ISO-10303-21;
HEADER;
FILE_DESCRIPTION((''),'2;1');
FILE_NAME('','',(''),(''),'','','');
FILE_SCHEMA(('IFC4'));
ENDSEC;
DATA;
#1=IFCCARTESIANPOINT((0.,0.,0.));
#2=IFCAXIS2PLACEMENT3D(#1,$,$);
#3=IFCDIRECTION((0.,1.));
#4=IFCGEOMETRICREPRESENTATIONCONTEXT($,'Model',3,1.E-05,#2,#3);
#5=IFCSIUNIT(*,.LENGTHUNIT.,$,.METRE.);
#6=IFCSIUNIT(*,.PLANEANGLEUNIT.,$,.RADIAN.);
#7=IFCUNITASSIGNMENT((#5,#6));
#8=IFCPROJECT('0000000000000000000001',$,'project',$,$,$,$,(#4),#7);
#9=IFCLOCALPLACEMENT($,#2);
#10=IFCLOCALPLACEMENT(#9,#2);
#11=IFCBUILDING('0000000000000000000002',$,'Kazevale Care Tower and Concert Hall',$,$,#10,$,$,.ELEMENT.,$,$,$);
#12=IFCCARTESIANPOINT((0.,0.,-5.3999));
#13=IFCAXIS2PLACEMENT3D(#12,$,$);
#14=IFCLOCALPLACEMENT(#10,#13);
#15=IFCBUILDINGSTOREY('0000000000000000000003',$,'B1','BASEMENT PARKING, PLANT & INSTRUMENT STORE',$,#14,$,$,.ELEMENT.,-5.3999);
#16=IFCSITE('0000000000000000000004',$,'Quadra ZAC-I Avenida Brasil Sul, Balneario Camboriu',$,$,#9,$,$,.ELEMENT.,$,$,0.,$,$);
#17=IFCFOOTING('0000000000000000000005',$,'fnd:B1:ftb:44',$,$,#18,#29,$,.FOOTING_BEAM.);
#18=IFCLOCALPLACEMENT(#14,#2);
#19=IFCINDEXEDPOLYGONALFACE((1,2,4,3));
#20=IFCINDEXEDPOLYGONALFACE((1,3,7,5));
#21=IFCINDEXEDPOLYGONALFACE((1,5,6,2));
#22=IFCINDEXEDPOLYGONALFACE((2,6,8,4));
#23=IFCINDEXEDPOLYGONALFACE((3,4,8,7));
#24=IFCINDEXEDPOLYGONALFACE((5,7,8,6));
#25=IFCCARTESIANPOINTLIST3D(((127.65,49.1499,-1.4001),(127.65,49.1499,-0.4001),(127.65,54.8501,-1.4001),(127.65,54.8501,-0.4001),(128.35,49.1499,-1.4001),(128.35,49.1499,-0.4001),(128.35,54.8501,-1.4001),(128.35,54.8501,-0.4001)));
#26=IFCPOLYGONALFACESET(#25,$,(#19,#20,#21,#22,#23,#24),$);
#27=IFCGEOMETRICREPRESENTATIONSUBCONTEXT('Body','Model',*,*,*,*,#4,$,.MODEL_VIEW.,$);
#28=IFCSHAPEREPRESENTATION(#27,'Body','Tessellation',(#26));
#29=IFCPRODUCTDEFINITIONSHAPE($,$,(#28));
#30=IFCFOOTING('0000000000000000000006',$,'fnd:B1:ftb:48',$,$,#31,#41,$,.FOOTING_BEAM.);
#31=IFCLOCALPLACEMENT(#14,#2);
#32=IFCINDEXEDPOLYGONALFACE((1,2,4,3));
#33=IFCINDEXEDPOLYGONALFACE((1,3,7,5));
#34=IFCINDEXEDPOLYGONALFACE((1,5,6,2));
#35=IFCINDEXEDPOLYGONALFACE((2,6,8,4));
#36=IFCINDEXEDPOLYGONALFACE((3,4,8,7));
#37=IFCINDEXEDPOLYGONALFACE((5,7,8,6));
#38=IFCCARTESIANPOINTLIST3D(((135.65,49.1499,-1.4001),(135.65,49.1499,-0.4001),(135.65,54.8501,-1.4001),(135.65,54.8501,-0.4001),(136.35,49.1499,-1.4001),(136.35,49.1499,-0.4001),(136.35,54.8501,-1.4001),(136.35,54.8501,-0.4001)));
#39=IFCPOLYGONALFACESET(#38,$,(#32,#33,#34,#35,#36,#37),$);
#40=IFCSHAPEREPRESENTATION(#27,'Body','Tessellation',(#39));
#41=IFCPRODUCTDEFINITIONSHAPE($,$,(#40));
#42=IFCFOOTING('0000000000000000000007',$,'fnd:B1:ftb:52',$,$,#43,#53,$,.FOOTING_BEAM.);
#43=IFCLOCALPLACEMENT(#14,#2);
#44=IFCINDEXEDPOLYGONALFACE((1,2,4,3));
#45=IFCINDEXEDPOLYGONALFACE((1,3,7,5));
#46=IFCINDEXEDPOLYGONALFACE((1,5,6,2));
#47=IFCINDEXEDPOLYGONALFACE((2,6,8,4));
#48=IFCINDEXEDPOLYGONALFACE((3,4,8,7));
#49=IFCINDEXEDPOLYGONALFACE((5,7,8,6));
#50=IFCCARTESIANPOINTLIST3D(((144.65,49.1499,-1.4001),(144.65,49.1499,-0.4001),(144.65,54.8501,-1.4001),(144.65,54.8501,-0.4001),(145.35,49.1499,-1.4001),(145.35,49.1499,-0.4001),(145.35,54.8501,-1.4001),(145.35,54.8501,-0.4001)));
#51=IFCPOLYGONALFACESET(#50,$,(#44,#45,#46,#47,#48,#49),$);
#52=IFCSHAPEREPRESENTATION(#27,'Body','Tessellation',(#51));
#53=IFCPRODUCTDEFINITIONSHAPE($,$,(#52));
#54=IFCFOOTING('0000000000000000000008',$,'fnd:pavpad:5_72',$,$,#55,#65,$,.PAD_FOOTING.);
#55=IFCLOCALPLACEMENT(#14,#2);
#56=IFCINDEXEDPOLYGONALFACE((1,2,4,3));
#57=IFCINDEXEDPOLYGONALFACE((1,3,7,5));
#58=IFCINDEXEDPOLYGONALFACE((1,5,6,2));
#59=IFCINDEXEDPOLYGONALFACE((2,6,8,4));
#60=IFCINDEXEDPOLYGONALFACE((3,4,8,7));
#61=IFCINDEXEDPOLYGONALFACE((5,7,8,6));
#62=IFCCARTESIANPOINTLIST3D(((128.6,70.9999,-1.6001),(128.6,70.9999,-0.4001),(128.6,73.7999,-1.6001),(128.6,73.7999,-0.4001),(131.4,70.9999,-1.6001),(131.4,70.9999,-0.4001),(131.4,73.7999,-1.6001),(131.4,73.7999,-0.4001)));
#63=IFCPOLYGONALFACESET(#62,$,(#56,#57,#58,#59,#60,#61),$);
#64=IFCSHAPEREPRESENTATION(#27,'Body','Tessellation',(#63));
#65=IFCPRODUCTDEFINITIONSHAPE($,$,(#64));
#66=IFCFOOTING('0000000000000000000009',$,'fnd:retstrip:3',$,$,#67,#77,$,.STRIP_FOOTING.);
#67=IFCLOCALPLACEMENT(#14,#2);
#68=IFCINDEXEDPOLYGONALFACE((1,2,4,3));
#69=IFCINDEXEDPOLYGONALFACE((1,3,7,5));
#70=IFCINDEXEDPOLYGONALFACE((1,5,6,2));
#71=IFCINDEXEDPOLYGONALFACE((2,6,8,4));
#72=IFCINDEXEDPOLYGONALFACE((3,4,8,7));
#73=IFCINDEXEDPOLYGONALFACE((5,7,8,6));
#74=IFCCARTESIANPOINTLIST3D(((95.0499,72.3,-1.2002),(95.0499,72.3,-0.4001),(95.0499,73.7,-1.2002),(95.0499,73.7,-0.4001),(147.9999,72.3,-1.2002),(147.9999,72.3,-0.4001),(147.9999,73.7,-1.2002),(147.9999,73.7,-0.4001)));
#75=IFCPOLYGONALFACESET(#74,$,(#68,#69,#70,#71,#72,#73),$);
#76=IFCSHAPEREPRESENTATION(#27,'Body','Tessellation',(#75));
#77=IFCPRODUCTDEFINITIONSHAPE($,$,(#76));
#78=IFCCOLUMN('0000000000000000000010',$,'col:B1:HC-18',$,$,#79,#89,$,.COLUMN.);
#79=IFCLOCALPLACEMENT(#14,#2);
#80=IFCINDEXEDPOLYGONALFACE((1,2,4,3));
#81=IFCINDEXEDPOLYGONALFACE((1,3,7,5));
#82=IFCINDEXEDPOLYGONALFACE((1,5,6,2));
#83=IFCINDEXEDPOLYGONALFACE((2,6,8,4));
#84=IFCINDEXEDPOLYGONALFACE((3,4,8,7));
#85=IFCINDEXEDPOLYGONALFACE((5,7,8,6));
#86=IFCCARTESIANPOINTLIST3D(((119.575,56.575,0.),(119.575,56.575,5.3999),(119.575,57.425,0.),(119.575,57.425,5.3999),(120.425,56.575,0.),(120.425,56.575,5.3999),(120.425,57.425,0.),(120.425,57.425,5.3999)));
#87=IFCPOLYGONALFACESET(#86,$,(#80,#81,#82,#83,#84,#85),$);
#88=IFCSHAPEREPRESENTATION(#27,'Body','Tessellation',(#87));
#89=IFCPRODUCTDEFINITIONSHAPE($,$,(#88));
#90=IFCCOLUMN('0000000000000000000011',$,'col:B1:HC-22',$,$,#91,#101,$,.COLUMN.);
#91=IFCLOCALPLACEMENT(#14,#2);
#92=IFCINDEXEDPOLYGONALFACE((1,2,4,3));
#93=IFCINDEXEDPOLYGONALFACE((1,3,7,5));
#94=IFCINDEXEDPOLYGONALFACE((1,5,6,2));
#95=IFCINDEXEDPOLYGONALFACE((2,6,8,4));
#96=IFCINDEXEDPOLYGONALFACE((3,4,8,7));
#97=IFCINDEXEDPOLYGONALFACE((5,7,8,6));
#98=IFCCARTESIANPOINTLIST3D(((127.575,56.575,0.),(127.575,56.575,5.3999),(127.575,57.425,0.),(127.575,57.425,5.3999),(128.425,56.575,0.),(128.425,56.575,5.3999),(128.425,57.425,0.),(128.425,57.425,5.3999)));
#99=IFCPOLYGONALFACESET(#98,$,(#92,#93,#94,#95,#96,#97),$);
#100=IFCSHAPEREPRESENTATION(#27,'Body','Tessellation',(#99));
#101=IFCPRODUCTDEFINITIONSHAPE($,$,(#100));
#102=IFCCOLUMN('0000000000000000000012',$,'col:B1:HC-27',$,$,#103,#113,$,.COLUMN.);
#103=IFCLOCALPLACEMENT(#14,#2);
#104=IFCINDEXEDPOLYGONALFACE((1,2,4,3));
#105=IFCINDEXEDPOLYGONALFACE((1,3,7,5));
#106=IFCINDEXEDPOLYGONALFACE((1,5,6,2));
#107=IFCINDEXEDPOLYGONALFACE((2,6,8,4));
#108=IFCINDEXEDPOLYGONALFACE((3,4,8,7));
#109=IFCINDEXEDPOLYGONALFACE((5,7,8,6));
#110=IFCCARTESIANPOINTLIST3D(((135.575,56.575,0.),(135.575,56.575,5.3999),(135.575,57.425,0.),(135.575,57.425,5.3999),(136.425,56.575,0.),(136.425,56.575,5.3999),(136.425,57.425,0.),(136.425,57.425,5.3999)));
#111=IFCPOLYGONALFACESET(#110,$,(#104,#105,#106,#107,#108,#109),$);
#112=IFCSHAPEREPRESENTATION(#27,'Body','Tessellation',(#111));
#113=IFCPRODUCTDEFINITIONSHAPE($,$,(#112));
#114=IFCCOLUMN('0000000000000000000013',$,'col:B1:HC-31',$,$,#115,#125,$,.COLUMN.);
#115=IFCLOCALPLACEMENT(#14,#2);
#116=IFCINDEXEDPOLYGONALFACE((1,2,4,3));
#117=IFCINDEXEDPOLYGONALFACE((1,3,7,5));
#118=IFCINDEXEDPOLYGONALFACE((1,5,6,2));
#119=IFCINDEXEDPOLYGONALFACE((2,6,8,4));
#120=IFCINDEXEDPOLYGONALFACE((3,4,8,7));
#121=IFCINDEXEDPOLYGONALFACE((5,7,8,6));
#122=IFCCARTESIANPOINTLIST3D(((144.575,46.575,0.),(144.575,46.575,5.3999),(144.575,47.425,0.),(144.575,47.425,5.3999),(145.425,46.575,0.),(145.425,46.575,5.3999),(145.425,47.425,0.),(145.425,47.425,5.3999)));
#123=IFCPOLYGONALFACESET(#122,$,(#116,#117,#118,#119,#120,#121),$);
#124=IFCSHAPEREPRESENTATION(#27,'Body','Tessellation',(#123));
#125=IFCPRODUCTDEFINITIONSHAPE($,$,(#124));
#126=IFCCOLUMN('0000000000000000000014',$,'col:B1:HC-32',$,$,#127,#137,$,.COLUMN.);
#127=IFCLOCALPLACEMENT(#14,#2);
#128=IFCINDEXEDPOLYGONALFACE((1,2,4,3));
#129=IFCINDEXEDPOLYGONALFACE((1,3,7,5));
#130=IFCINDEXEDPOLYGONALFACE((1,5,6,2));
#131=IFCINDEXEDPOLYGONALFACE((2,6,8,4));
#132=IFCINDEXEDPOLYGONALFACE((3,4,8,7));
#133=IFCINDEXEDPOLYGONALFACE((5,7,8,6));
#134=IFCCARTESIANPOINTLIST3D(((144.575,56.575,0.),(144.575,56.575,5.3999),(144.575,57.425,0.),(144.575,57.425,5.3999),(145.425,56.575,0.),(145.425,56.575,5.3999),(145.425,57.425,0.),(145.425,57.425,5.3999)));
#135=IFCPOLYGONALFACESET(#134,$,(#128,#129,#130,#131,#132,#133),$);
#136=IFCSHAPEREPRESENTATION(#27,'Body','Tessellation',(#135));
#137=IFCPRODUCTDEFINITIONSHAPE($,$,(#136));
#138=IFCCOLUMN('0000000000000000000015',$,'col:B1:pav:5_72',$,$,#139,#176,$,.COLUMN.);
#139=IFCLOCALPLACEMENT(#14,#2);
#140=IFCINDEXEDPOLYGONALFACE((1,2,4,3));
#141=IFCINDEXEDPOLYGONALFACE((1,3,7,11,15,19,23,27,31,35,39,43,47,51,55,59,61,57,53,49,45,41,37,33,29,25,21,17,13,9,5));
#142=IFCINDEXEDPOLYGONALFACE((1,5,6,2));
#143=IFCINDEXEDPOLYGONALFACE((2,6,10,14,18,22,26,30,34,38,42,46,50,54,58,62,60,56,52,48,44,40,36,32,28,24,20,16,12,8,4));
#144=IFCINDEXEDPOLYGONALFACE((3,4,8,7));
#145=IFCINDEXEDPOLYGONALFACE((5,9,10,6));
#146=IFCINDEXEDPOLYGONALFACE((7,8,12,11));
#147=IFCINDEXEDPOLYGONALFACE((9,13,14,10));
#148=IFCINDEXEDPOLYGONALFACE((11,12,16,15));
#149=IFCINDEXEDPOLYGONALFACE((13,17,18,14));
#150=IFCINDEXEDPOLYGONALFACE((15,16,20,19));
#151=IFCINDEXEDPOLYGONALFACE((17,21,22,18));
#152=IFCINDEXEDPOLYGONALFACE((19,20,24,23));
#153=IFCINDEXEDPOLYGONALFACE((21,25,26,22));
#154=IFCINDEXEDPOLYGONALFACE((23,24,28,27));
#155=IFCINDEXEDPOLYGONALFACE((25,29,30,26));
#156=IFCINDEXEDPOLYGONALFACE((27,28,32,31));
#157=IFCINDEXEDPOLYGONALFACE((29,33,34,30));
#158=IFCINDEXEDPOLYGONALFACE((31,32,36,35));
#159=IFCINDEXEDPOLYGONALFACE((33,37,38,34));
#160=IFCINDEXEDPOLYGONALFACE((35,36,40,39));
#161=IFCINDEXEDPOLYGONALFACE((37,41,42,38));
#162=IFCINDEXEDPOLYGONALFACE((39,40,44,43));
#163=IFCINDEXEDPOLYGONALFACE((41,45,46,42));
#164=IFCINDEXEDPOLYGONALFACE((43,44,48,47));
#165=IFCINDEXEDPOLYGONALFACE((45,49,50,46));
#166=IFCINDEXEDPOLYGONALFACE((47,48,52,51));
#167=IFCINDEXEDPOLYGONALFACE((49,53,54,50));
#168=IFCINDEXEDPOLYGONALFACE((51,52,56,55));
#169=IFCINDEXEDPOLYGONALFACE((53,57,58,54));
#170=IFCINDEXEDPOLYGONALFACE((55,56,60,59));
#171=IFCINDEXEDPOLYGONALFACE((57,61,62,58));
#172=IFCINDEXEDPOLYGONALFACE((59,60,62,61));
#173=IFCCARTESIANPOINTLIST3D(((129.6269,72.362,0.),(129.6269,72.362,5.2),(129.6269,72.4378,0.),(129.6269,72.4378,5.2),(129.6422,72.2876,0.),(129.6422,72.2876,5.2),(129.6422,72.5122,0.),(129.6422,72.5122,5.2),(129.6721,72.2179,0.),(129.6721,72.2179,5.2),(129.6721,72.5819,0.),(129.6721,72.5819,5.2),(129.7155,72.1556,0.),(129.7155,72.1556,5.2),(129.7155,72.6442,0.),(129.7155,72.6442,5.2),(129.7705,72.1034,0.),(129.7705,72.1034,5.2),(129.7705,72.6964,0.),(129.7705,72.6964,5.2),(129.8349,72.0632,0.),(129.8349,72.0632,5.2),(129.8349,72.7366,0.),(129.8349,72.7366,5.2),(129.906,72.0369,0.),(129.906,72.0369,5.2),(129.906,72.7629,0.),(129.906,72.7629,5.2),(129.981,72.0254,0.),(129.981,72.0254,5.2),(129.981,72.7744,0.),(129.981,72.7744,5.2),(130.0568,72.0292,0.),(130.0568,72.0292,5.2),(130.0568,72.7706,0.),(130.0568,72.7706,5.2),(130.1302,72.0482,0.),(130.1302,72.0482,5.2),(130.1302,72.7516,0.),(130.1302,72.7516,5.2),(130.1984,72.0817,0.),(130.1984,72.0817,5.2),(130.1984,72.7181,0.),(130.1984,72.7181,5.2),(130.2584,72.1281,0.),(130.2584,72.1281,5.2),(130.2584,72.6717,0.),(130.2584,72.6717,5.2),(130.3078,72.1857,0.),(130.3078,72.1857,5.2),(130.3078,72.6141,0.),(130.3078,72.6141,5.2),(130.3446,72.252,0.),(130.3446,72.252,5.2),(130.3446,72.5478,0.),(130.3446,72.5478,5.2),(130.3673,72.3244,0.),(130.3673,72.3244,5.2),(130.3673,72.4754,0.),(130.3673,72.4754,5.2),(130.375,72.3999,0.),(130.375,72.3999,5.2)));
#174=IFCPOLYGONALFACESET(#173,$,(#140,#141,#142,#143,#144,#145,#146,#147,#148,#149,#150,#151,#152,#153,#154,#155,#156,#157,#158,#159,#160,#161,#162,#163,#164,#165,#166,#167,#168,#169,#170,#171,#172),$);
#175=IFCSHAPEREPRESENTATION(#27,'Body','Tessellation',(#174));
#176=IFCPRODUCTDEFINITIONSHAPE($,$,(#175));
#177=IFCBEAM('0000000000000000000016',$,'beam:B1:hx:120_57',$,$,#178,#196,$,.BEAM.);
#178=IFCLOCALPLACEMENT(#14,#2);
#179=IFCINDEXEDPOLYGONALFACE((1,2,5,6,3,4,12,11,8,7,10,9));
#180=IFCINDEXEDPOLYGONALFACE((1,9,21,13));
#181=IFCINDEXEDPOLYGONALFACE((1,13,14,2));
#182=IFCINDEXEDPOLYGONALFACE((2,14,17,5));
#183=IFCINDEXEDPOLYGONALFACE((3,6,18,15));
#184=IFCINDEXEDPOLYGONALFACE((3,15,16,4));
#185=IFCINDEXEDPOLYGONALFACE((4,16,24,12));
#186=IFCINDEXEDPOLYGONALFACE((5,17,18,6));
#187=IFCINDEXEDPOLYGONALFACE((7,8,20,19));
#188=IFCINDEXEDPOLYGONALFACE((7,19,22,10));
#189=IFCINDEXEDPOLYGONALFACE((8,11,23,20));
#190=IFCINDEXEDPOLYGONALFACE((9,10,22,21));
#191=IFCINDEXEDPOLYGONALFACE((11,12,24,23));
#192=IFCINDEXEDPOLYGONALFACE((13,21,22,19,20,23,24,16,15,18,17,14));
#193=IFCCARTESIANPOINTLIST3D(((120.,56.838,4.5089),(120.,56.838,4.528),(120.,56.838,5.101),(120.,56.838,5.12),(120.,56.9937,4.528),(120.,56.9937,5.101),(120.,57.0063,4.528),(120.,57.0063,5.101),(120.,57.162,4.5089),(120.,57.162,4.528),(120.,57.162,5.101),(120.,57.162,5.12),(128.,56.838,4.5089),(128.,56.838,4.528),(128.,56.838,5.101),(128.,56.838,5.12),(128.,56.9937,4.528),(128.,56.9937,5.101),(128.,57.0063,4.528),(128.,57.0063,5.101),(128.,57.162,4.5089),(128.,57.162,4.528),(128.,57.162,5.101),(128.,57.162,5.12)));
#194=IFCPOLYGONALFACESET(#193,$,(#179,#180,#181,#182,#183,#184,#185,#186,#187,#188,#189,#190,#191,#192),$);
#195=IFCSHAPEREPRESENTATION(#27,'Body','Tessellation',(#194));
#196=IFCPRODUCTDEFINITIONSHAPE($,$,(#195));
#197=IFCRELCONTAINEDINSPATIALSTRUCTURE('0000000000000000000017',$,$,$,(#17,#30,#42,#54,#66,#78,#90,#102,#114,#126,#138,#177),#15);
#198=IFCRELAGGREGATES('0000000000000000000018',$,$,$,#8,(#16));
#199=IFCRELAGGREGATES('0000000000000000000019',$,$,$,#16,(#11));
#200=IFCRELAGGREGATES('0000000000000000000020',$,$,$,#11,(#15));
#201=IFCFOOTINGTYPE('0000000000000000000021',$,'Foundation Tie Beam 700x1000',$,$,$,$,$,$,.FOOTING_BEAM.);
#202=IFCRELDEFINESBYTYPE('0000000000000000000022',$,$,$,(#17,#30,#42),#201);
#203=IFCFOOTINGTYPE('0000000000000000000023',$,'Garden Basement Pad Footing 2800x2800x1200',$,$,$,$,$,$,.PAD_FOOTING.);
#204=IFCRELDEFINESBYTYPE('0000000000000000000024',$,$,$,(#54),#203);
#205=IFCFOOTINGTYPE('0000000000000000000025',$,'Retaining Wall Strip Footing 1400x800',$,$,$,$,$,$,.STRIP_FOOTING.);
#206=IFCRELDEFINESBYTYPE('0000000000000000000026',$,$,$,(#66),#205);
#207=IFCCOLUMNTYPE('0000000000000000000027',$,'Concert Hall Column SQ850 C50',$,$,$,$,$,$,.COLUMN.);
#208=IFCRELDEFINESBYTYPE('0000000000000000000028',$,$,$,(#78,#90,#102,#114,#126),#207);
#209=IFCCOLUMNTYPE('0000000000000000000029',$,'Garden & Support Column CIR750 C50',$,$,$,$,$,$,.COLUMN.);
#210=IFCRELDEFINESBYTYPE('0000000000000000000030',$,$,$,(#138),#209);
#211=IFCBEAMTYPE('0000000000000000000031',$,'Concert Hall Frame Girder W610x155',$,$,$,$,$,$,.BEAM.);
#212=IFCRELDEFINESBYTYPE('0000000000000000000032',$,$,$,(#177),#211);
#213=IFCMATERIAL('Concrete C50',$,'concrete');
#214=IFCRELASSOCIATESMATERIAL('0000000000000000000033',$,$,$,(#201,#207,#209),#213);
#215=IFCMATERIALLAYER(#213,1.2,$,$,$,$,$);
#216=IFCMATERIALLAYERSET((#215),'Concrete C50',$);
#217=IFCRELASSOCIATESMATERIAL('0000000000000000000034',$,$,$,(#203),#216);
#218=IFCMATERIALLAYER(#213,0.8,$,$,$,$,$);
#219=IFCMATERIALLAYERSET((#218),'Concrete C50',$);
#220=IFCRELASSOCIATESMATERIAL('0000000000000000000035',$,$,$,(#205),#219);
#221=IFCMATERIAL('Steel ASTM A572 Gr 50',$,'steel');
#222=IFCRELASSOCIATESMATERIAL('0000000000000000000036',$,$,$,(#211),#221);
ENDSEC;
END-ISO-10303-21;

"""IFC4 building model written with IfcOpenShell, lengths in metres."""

from ifc_helpers import new_model, si_unit, direction, frame, frame_2d, origin, origin_2d, place, context, subcontext, project, spatial, rectangle, circle, i_section, extrude, material, layer, layer_set, material_profile, profile_set, type_object, element, save


model = new_model("IFC4")

# Units and contexts
model_context = context("Model", 3, precision=1e-05, world=origin(), true_north=direction((0.0, 1.0)))
body_context = subcontext(model_context, "Body", "Model", "MODEL_VIEW")
ifc_project = project(units=[si_unit("LENGTHUNIT", "METRE"), si_unit("PLANEANGLEUNIT", "RADIAN")], contexts=[model_context])

# Site, building, storey
site_placement = place(None, origin())
site = spatial("IfcSite", under=ifc_project, at=site_placement, Name="Quadra ZAC-I Avenida Brasil Sul, Balneario Camboriu", CompositionType="ELEMENT", RefElevation=0.0)
building_placement = place(site_placement, origin())
building = spatial("IfcBuilding", under=site, at=building_placement, Name="Kazevale Care Tower and Concert Hall", CompositionType="ELEMENT")
storey_placement = place(building_placement, frame((0.0, 0.0, -5.3999)))
storey = spatial("IfcBuildingStorey", under=building, at=storey_placement, Name="B1", Description="BASEMENT PARKING, PLANT & INSTRUMENT STORE", CompositionType="ELEMENT", Elevation=-5.3999)

# Shared definitions
ifc_material_1 = material(Name="Concrete C50", Category="concrete")

# Footings
ifc_material_profile_1 = material_profile(ifc_material_1, rectangle(XDim=0.7, YDim=1.0, at=origin_2d()), Name="RC-GB700x1000")
ifc_profile_set_1 = profile_set([ifc_material_profile_1], Name="Concrete C50")
footing_type_1 = type_object("IfcFootingType", Name="Foundation Tie Beam 700x1000", PredefinedType="FOOTING_BEAM", material=ifc_profile_set_1)
for number, where, z_axis, x_axis, name in (
    (1, (128.0, 49.1499, -1.4001), (0.0, 0.0, 1.0), (0.0, 1.0, 0.0), "fnd:B1:ftb:44"),
    (2, (136.0, 49.1499, -1.4001), (0.0, 0.0, 1.0), (0.0, 1.0, 0.0), "fnd:B1:ftb:48"),
    (3, (145.0, 49.1499, -1.4001), (0.0, 0.0, 1.0), (0.0, 1.0, 0.0), "fnd:B1:ftb:52"),
):
    element("IfcFooting", number, at=place(storey_placement, frame(where, z_axis=z_axis, x_axis=x_axis)), inside=storey, type_object=footing_type_1, Name=name, PredefinedType="FOOTING_BEAM", context=body_context, shape_type="SweptSolid", body=[
        extrude(rectangle(XDim=5.7002, YDim=0.7, at=frame_2d((2.8501, 0.0))), origin(), (0.0, 0.0, 1.0), 1.0),
    ])
ifc_layer_1 = layer(ifc_material_1, 1.2)
ifc_layer_set_1 = layer_set([ifc_layer_1], Name="Concrete C50")
footing_type_2 = type_object("IfcFootingType", Name="Garden Basement Pad Footing 2800x2800x1200", PredefinedType="PAD_FOOTING", material=ifc_layer_set_1)
footing_1_placement = place(storey_placement, frame((130.0, 72.3999, -1.6001), z_axis=(0.0, 0.0, 1.0), x_axis=(1.0, 0.0, 0.0)))
element("IfcFooting", 4, at=footing_1_placement, inside=storey, type_object=footing_type_2, Name="fnd:pavpad:5_72", PredefinedType="PAD_FOOTING", context=body_context, shape_type="SweptSolid", body=[
    extrude(rectangle(XDim=2.8, YDim=2.8, at=origin_2d()), origin(), (0.0, 0.0, 1.0), 1.2),
])
ifc_layer_2 = layer(ifc_material_1, 0.8)
ifc_layer_set_2 = layer_set([ifc_layer_2], Name="Concrete C50")
footing_type_3 = type_object("IfcFootingType", Name="Retaining Wall Strip Footing 1400x800", PredefinedType="STRIP_FOOTING", material=ifc_layer_set_2)
footing_2_placement = place(storey_placement, frame((148.0, 73.0, -1.2002), z_axis=(0.0, 0.0, 1.0), x_axis=(-1.0, 0.0, 0.0)))
element("IfcFooting", 5, at=footing_2_placement, inside=storey, type_object=footing_type_3, Name="fnd:retstrip:3", PredefinedType="STRIP_FOOTING", context=body_context, shape_type="SweptSolid", body=[
    extrude(rectangle(XDim=52.95, YDim=1.3999, at=frame_2d((26.4751, 0.0))), origin(), (0.0, 0.0, 1.0), 0.8),
])

# Columns
ifc_material_profile_2 = material_profile(ifc_material_1, rectangle(XDim=0.8501, YDim=0.8501, at=origin_2d()), Name="RC-SQ850")
ifc_profile_set_2 = profile_set([ifc_material_profile_2], Name="Concrete C50")
column_type_1 = type_object("IfcColumnType", Name="Concert Hall Column SQ850 C50", PredefinedType="COLUMN", material=ifc_profile_set_2)
for number, where, z_axis, x_axis, name in (
    (6, (120.0, 57.0, 0.0), (0.0, 0.0, 1.0), (1.0, 0.0, 0.0), "col:B1:HC-18"),
    (7, (128.0, 57.0, 0.0), (0.0, 0.0, 1.0), (1.0, 0.0, 0.0), "col:B1:HC-22"),
    (8, (136.0, 57.0, 0.0), (0.0, 0.0, 1.0), (1.0, 0.0, 0.0), "col:B1:HC-27"),
    (9, (145.0, 47.0, 0.0), (0.0, 0.0, 1.0), (1.0, 0.0, 0.0), "col:B1:HC-31"),
    (10, (145.0, 57.0, 0.0), (0.0, 0.0, 1.0), (1.0, 0.0, 0.0), "col:B1:HC-32"),
):
    element("IfcColumn", number, at=place(storey_placement, frame(where, z_axis=z_axis, x_axis=x_axis)), inside=storey, type_object=column_type_1, Name=name, PredefinedType="COLUMN", context=body_context, shape_type="SweptSolid", body=[
        extrude(rectangle(XDim=0.8501, YDim=0.8501, at=origin_2d()), origin(), (0.0, 0.0, 1.0), 5.3999),
    ])
ifc_material_profile_3 = material_profile(ifc_material_1, circle(Radius=0.375, at=origin_2d()), Name="RC-CIR750")
ifc_profile_set_3 = profile_set([ifc_material_profile_3], Name="Concrete C50")
column_type_2 = type_object("IfcColumnType", Name="Garden & Support Column CIR750 C50", PredefinedType="COLUMN", material=ifc_profile_set_3)
column_placement = place(storey_placement, frame((130.0, 72.3999, 0.0), z_axis=(0.0, 0.0, 1.0), x_axis=(1.0, 0.0, 0.0)))
element("IfcColumn", 11, at=column_placement, inside=storey, type_object=column_type_2, Name="col:B1:pav:5_72", PredefinedType="COLUMN", context=body_context, shape_type="SweptSolid", body=[
    extrude(circle(Radius=0.375, at=origin_2d()), origin(), (0.0, 0.0, 1.0), 5.2),
])

# Beam
ifc_material_2 = material(Name="Steel ASTM A572 Gr 50", Category="steel")
ifc_material_profile_4 = material_profile(ifc_material_2, i_section(OverallWidth=0.324, OverallDepth=0.6111, WebThickness=0.0127, FlangeThickness=0.019, at=origin_2d()), Name="W610x155")
ifc_profile_set_4 = profile_set([ifc_material_profile_4], Name="Steel ASTM A572 Gr 50")
beam_type_1 = type_object("IfcBeamType", Name="Concert Hall Frame Girder W610x155", PredefinedType="BEAM", material=ifc_profile_set_4)
for number, where, z_axis, x_axis, name in (
    (12, (120.0, 57.0, 4.8145), (1.0, 0.0, 0.0), (0.0, 1.0, 0.0), "beam:B1:hx:120_57"),
):
    element("IfcBeam", number, at=place(storey_placement, frame(where, z_axis=z_axis, x_axis=x_axis)), inside=storey, type_object=beam_type_1, Name=name, PredefinedType="BEAM", context=body_context, shape_type="SweptSolid", body=[
        extrude(i_section(OverallWidth=0.324, OverallDepth=0.6111, WebThickness=0.0127, FlangeThickness=0.019, at=origin_2d()), origin(), (0.0, 0.0, 1.0), 8.0),
    ])

save(model, "model.ifc")
